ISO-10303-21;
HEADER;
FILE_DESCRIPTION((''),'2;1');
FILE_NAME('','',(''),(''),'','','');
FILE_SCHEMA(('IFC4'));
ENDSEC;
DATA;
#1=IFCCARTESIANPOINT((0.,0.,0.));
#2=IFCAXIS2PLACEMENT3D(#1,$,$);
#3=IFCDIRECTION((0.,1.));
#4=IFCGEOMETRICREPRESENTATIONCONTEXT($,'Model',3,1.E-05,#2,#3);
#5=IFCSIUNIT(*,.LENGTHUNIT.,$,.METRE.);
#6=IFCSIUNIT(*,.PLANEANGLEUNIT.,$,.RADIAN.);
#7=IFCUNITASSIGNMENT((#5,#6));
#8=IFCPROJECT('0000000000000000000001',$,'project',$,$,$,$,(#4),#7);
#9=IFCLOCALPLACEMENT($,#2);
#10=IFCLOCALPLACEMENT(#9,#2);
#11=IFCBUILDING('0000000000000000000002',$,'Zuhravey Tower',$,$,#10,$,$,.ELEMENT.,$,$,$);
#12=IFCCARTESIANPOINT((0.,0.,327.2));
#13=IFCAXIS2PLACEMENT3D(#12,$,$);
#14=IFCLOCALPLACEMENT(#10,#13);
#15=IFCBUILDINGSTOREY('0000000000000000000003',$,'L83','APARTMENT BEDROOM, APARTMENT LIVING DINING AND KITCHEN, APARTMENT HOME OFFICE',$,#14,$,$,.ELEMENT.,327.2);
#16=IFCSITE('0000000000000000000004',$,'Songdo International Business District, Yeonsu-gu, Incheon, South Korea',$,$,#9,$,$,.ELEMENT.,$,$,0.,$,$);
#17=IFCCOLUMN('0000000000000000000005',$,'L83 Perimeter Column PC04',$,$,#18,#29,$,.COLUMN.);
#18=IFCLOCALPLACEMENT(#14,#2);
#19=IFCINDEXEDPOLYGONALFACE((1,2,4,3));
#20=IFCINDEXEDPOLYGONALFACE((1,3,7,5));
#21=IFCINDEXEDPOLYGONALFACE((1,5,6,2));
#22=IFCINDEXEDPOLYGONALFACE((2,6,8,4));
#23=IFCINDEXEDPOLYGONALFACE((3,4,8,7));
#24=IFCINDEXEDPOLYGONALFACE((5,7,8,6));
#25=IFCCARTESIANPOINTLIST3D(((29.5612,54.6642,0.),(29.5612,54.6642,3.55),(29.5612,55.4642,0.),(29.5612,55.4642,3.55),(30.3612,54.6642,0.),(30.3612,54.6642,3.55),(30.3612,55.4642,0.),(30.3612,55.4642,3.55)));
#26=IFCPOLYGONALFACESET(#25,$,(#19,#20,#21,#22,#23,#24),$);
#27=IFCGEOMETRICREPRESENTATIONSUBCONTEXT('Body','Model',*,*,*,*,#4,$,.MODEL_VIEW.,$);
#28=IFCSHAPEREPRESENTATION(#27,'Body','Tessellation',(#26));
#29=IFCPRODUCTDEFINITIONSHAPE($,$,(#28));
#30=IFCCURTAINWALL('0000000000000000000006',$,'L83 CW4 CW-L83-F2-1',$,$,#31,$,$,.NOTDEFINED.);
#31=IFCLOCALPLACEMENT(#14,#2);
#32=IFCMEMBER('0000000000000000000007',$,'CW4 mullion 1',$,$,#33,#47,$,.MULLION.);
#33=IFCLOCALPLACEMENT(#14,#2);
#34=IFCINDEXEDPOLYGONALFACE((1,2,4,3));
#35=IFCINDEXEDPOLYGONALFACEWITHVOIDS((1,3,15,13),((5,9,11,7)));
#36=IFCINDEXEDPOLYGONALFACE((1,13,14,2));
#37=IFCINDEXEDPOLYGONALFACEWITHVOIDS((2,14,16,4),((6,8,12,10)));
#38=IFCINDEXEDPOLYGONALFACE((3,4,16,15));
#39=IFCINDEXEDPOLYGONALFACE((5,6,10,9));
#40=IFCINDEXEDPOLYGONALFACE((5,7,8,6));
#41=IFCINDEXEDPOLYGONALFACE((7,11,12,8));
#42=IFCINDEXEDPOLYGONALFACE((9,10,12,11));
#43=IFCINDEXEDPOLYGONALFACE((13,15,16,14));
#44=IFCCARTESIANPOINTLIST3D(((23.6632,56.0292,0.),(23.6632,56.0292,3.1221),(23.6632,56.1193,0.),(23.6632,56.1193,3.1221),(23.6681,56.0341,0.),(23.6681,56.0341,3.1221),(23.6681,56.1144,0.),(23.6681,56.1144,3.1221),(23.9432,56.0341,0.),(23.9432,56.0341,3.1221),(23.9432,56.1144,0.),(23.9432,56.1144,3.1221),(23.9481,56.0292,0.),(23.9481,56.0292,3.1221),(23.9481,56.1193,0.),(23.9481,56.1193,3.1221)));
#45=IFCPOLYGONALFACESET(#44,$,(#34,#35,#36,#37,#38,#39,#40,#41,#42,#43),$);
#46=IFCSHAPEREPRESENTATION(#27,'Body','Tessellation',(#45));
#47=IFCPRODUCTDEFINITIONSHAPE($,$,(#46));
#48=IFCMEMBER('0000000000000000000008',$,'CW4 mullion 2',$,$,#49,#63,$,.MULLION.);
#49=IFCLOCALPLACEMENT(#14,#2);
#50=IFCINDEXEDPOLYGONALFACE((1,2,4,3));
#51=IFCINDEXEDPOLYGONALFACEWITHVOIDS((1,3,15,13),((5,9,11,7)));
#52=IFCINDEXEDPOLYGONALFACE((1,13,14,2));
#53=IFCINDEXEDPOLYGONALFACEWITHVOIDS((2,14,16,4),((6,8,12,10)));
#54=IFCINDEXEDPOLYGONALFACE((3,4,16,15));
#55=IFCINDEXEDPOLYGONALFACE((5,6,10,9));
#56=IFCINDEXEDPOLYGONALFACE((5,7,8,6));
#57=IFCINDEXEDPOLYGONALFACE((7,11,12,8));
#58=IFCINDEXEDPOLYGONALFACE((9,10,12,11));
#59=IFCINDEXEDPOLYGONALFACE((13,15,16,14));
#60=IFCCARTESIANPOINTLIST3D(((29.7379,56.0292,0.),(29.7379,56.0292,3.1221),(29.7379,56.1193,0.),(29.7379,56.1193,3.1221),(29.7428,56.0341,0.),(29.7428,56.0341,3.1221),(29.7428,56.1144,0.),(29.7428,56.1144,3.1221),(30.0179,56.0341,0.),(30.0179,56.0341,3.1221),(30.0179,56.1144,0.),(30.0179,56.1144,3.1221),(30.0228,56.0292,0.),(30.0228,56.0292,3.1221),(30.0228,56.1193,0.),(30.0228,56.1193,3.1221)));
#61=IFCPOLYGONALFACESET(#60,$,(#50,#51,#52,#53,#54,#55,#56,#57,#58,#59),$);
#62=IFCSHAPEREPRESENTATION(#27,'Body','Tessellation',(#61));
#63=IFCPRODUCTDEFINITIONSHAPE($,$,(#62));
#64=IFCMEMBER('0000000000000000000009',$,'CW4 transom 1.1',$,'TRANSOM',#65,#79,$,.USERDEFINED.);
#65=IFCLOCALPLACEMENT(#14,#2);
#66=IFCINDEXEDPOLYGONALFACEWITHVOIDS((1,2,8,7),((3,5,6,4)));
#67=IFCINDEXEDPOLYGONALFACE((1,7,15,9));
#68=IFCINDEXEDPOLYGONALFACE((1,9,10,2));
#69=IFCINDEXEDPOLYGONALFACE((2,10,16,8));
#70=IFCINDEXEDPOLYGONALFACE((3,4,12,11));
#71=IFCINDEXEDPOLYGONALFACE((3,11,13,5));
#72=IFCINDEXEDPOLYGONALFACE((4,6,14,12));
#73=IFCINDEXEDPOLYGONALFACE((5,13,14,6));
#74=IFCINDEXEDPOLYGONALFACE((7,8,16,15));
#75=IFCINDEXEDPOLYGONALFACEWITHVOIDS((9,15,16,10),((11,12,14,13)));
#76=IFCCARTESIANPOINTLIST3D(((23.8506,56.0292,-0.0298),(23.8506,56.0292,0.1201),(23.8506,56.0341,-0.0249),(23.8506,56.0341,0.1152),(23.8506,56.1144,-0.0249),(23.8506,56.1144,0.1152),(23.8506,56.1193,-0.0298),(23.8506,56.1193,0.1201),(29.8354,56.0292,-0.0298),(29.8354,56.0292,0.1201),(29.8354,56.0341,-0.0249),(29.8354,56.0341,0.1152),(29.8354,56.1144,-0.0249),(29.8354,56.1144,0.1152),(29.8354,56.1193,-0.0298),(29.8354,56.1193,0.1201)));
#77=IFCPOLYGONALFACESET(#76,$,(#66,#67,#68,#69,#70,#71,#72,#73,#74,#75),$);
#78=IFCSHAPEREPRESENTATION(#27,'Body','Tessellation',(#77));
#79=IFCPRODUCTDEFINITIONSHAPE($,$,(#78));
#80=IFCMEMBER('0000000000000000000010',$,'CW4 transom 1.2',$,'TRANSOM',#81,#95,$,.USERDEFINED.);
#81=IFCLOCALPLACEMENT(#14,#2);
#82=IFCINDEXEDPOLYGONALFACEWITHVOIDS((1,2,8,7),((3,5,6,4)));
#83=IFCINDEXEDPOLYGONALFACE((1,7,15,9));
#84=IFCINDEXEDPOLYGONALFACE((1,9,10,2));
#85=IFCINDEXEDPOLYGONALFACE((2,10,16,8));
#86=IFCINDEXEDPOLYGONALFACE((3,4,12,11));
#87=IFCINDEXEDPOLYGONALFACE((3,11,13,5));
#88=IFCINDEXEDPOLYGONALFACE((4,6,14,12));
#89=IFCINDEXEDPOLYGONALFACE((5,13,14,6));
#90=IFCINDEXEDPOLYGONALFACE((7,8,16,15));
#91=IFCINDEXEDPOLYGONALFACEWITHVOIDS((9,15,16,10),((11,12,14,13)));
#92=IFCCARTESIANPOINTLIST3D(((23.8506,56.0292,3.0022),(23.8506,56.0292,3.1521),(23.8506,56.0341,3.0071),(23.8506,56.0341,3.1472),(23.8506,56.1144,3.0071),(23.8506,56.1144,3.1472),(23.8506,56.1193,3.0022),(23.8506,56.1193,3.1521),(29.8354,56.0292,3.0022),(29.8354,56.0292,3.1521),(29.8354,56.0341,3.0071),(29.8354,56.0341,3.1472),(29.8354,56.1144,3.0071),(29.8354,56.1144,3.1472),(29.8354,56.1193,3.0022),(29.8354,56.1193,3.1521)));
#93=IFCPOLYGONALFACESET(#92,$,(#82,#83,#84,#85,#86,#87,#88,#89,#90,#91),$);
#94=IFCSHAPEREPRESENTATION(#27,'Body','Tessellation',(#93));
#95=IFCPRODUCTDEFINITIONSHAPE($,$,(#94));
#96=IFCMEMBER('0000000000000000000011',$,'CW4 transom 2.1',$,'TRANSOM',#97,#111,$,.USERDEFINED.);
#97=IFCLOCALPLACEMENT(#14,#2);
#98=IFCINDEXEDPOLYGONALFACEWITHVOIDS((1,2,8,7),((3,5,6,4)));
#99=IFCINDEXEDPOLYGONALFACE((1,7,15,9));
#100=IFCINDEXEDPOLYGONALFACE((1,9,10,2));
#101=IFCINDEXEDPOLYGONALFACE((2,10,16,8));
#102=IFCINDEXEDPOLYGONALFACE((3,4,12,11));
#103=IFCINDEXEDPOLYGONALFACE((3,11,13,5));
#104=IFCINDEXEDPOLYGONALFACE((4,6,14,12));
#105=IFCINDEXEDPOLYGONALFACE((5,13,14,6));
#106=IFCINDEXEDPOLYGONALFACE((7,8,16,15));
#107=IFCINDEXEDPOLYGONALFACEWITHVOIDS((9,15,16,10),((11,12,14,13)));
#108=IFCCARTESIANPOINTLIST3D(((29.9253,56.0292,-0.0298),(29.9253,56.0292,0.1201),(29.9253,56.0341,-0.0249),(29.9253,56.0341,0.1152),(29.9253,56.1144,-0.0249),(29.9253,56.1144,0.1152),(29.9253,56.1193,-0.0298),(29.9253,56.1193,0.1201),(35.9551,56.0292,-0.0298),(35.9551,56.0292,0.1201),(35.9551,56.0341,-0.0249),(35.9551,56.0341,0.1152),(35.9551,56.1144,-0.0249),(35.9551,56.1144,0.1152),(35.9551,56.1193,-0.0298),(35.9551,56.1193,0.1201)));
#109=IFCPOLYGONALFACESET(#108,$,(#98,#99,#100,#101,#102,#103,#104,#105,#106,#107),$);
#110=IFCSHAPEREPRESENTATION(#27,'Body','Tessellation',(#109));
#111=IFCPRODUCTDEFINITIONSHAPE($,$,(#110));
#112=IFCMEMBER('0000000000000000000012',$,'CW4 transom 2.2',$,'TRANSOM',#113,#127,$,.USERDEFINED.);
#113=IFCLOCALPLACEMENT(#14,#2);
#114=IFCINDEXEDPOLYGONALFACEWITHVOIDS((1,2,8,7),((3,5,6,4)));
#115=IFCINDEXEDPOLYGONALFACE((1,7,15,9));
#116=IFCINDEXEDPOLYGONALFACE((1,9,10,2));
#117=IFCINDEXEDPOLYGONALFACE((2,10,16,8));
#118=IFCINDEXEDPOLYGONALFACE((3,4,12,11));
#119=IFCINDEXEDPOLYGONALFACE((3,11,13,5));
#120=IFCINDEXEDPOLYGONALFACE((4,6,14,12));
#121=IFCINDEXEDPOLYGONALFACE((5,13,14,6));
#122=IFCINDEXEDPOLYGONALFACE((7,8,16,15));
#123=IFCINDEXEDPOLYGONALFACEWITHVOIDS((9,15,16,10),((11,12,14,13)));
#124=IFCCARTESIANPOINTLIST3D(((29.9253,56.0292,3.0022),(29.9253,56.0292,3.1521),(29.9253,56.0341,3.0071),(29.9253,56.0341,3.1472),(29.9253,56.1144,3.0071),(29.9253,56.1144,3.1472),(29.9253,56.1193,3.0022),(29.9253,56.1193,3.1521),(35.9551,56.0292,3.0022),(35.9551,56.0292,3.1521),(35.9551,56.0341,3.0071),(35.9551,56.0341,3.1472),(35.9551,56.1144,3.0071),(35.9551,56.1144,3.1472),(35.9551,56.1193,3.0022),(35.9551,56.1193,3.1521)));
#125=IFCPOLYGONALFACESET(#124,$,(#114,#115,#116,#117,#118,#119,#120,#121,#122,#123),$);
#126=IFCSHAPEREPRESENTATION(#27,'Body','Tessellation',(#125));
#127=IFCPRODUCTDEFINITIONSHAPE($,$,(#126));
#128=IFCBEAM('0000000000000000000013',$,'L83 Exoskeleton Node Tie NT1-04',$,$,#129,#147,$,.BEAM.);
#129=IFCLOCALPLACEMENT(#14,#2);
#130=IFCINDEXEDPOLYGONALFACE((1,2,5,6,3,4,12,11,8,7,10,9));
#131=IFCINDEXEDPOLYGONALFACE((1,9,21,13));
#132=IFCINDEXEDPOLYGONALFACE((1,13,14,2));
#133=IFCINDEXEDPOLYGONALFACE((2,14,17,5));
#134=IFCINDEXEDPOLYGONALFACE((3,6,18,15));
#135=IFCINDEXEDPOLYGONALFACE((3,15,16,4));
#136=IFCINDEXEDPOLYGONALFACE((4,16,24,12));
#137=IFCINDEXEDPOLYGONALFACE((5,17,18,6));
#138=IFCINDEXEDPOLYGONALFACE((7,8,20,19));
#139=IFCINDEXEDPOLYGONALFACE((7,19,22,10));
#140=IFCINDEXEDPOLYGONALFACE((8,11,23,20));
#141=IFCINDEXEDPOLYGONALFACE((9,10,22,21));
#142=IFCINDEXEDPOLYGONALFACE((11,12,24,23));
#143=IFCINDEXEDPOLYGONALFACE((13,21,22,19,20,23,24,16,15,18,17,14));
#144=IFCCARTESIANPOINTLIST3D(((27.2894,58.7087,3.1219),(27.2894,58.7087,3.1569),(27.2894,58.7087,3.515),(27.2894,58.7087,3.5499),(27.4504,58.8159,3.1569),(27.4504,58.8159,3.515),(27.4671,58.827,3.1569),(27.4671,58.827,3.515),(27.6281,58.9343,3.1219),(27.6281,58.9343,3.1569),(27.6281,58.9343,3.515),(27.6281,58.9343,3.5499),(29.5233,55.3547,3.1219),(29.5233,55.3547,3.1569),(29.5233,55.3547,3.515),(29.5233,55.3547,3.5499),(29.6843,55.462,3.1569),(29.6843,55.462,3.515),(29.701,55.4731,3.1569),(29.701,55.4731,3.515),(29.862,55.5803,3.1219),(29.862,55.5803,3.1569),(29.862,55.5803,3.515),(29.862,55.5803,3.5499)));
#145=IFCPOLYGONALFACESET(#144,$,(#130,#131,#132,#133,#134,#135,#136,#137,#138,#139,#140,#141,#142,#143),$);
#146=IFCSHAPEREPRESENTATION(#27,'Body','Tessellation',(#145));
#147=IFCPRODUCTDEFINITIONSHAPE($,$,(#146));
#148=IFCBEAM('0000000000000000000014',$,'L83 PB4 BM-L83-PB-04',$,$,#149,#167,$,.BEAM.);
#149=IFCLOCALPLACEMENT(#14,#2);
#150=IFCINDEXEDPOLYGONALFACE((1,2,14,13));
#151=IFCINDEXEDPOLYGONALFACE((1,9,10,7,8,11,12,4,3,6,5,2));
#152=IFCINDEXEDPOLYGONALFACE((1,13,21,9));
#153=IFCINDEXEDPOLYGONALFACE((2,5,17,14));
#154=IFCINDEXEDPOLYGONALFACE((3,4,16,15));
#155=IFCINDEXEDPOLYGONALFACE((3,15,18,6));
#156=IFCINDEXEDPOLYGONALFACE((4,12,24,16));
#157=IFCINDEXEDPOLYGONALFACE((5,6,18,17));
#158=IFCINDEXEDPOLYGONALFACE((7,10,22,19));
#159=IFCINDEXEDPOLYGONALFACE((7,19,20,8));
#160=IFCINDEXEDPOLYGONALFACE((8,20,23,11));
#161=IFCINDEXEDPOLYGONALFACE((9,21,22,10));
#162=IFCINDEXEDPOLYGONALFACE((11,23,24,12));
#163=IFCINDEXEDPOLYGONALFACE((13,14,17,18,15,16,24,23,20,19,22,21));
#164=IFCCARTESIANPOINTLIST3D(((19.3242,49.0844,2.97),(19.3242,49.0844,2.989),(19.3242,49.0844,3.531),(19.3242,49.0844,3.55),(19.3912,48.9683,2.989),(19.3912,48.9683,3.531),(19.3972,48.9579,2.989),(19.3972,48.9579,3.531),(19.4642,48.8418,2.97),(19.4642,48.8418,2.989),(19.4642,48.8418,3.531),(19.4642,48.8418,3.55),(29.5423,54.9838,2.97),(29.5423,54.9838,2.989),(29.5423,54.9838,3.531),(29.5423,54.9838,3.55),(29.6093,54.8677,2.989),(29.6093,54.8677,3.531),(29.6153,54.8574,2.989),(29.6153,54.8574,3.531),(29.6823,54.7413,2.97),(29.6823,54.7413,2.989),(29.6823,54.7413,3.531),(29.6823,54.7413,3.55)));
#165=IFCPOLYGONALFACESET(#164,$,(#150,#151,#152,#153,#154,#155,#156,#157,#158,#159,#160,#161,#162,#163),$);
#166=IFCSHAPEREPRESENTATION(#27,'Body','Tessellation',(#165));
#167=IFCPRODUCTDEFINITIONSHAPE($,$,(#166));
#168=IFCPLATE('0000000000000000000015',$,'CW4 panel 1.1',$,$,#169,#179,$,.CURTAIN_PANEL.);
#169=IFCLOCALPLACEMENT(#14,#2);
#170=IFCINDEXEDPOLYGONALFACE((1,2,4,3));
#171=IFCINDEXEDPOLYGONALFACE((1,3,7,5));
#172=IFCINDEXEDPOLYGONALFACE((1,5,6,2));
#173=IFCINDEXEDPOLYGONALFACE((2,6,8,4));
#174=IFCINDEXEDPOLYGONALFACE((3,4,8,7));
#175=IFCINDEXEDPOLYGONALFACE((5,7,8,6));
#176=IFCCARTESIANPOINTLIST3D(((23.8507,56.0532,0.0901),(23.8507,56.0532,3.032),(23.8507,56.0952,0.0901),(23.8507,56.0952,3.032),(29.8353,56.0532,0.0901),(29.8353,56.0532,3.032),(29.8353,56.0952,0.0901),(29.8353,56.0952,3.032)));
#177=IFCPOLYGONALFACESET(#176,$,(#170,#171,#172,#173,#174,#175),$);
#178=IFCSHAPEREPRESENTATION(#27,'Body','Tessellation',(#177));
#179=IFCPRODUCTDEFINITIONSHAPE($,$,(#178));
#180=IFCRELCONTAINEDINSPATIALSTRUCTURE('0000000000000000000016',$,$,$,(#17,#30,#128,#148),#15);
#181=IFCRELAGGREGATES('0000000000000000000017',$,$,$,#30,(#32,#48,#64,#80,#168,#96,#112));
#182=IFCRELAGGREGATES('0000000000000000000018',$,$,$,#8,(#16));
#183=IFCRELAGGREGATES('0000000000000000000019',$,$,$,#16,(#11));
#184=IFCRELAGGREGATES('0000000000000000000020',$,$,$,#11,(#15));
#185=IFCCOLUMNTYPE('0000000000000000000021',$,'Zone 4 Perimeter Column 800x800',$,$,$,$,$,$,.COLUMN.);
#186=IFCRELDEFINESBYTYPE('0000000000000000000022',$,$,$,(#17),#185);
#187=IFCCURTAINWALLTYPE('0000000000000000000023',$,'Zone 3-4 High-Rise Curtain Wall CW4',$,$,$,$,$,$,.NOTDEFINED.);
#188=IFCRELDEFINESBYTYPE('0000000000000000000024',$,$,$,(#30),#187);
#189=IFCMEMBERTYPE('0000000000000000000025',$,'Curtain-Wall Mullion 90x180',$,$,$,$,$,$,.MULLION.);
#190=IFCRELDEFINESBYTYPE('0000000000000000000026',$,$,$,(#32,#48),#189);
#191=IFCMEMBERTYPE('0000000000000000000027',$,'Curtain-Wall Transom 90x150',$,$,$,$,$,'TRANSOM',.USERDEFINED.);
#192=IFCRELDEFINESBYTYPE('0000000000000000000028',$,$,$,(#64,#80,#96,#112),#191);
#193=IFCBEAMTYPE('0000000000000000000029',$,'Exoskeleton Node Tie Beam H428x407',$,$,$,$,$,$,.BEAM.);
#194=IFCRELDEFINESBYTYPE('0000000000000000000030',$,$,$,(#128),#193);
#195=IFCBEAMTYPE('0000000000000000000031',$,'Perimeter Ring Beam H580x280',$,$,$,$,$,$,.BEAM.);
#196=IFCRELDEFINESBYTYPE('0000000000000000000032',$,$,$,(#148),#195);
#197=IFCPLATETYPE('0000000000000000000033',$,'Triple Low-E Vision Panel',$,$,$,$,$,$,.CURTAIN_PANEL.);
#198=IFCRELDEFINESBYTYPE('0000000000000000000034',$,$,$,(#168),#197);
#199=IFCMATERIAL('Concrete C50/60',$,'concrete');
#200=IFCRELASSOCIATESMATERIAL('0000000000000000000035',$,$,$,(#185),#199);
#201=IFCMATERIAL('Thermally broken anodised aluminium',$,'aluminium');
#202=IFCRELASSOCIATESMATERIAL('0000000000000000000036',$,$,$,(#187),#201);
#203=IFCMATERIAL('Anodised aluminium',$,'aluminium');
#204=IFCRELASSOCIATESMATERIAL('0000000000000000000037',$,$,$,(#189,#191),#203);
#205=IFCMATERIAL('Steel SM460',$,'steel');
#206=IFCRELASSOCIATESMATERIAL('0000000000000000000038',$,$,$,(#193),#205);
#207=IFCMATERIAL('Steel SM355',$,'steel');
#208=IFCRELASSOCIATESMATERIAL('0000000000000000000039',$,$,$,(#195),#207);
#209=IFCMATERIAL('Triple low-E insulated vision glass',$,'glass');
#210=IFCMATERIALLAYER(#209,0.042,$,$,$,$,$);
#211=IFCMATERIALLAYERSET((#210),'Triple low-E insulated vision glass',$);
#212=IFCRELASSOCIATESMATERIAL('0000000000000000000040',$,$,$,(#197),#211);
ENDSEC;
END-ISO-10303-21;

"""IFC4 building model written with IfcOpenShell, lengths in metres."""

from ifc_helpers import new_model, si_unit, direction, frame, origin, origin_2d, place, context, subcontext, project, spatial, rectangle, hollow_rectangle, i_section, extrude, material, layer, layer_set, material_profile, profile_set, type_object, element, aggregate, save


model = new_model("IFC4")

# Units and contexts
model_context = context("Model", 3, precision=1e-05, world=origin(), true_north=direction((0.0, 1.0)))
body_context = subcontext(model_context, "Body", "Model", "MODEL_VIEW")
ifc_project = project(units=[si_unit("LENGTHUNIT", "METRE"), si_unit("PLANEANGLEUNIT", "RADIAN")], contexts=[model_context])

# Site, building, storey
site_placement = place(None, origin())
site = spatial("IfcSite", under=ifc_project, at=site_placement, Name="Songdo International Business District, Yeonsu-gu, Incheon, South Korea", CompositionType="ELEMENT", RefElevation=0.0)
building_placement = place(site_placement, origin())
building = spatial("IfcBuilding", under=site, at=building_placement, Name="Zuhravey Tower", CompositionType="ELEMENT")
storey_placement = place(building_placement, frame((0.0, 0.0, 327.2)))
storey = spatial("IfcBuildingStorey", under=building, at=storey_placement, Name="L83", Description="APARTMENT BEDROOM, APARTMENT LIVING DINING AND KITCHEN, APARTMENT HOME OFFICE", CompositionType="ELEMENT", Elevation=327.2)

# Column
ifc_material_1 = material(Name="Concrete C50/60", Category="concrete")
ifc_material_profile_1 = material_profile(ifc_material_1, rectangle(XDim=0.8, YDim=0.8, at=origin_2d()), Name="RC-800x800")
ifc_profile_set_1 = profile_set([ifc_material_profile_1], Name="Concrete C50/60")
column_type = type_object("IfcColumnType", Name="Zone 4 Perimeter Column 800x800", PredefinedType="COLUMN", material=ifc_profile_set_1)
column_placement = place(storey_placement, frame((29.9612, 55.0642, 0.0), z_axis=(0.0, 0.0, 1.0), x_axis=(-1.0, 0.0, 0.0)))
element("IfcColumn", 1, at=column_placement, inside=storey, type_object=column_type, Name="L83 Perimeter Column PC04", PredefinedType="COLUMN", context=body_context, shape_type="SweptSolid", body=[
    extrude(rectangle(XDim=0.8, YDim=0.8, at=origin_2d()), origin(), (0.0, 0.0, 1.0), 3.55),
])

# Curtain wall, members
ifc_material_2 = material(Name="Thermally broken anodised aluminium", Category="aluminium")
curtain_wall_type = type_object("IfcCurtainWallType", Name="Zone 3-4 High-Rise Curtain Wall CW4", PredefinedType="NOTDEFINED", material=ifc_material_2)
curtain_wall_placement = place(storey_placement, origin())
curtain_wall = element("IfcCurtainWall", 2, at=curtain_wall_placement, inside=storey, type_object=curtain_wall_type, Name="L83 CW4 CW-L83-F2-1", PredefinedType="NOTDEFINED")
ifc_material_3 = material(Name="Anodised aluminium", Category="aluminium")
ifc_material_profile_2 = material_profile(ifc_material_3, hollow_rectangle(XDim=0.0901, YDim=0.2849, WallThickness=0.0049, at=origin_2d()), Name="ALU-RHS-90x285x5")
ifc_profile_set_2 = profile_set([ifc_material_profile_2], Name="Anodised aluminium")
member_type_1 = type_object("IfcMemberType", Name="Curtain-Wall Mullion 90x180", PredefinedType="MULLION", material=ifc_profile_set_2)
member_1_placement = place(storey_placement, frame((23.8057, 56.0742, 0.0), z_axis=(0.0, 0.0, 1.0), x_axis=(0.0, 1.0, 0.0)))
member_1 = element("IfcMember", 3, at=member_1_placement, type_object=member_type_1, Name="CW4 mullion 1", PredefinedType="MULLION", context=body_context, shape_type="SweptSolid", body=[
    extrude(hollow_rectangle(XDim=0.0901, YDim=0.2849, WallThickness=0.0049, at=origin_2d()), origin(), (0.0, 0.0, 1.0), 3.1221),
])
member_2_placement = place(storey_placement, frame((29.8804, 56.0742, 0.0), z_axis=(0.0, 0.0, 1.0), x_axis=(0.0, 1.0, 0.0)))
member_2 = element("IfcMember", 4, at=member_2_placement, type_object=member_type_1, Name="CW4 mullion 2", PredefinedType="MULLION", context=body_context, shape_type="SweptSolid", body=[
    extrude(hollow_rectangle(XDim=0.0901, YDim=0.2849, WallThickness=0.0049, at=origin_2d()), origin(), (0.0, 0.0, 1.0), 3.1221),
])
ifc_material_profile_3 = material_profile(ifc_material_3, hollow_rectangle(XDim=0.0901, YDim=0.1499, WallThickness=0.0049, at=origin_2d()), Name="ALU-RHS-90x150x5")
ifc_profile_set_3 = profile_set([ifc_material_profile_3], Name="Anodised aluminium")
member_type_2 = type_object("IfcMemberType", Name="Curtain-Wall Transom 90x150", ElementType="TRANSOM", PredefinedType="USERDEFINED", material=ifc_profile_set_3)
member_3_placement = place(storey_placement, frame((23.8506, 56.0742, 0.0452), z_axis=(1.0, 0.0, 0.0), x_axis=(0.0, 1.0, 0.0)))
member_3 = element("IfcMember", 5, at=member_3_placement, type_object=member_type_2, Name="CW4 transom 1.1", ObjectType="TRANSOM", PredefinedType="USERDEFINED", context=body_context, shape_type="SweptSolid", body=[
    extrude(hollow_rectangle(XDim=0.0901, YDim=0.1499, WallThickness=0.0049, at=origin_2d()), origin(), (0.0, 0.0, 1.0), 5.9849),
])
member_4_placement = place(storey_placement, frame((23.8506, 56.0742, 3.0771), z_axis=(1.0, 0.0, 0.0), x_axis=(0.0, 1.0, 0.0)))
member_4 = element("IfcMember", 6, at=member_4_placement, type_object=member_type_2, Name="CW4 transom 1.2", ObjectType="TRANSOM", PredefinedType="USERDEFINED", context=body_context, shape_type="SweptSolid", body=[
    extrude(hollow_rectangle(XDim=0.0901, YDim=0.1499, WallThickness=0.0049, at=origin_2d()), origin(), (0.0, 0.0, 1.0), 5.9849),
])
member_5_placement = place(storey_placement, frame((29.9253, 56.0742, 0.0452), z_axis=(1.0, 0.0, 0.0), x_axis=(0.0, 1.0, 0.0)))
member_5 = element("IfcMember", 7, at=member_5_placement, type_object=member_type_2, Name="CW4 transom 2.1", ObjectType="TRANSOM", PredefinedType="USERDEFINED", context=body_context, shape_type="SweptSolid", body=[
    extrude(hollow_rectangle(XDim=0.0901, YDim=0.1499, WallThickness=0.0049, at=origin_2d()), origin(), (0.0, 0.0, 1.0), 6.0298),
])
member_6_placement = place(storey_placement, frame((29.9253, 56.0742, 3.0771), z_axis=(1.0, 0.0, 0.0), x_axis=(0.0, 1.0, 0.0)))
member_6 = element("IfcMember", 8, at=member_6_placement, type_object=member_type_2, Name="CW4 transom 2.2", ObjectType="TRANSOM", PredefinedType="USERDEFINED", context=body_context, shape_type="SweptSolid", body=[
    extrude(hollow_rectangle(XDim=0.0901, YDim=0.1499, WallThickness=0.0049, at=origin_2d()), origin(), (0.0, 0.0, 1.0), 6.0298),
])

# Beams
ifc_material_4 = material(Name="Steel SM460", Category="steel")
ifc_material_profile_4 = material_profile(ifc_material_4, i_section(OverallWidth=0.407, OverallDepth=0.428, WebThickness=0.02, FlangeThickness=0.0349, at=origin_2d()), Name="H-428x407x20x35")
ifc_profile_set_4 = profile_set([ifc_material_profile_4], Name="Steel SM460")
beam_type_1 = type_object("IfcBeamType", Name="Exoskeleton Node Tie Beam H428x407", PredefinedType="BEAM", material=ifc_profile_set_4)
beam_1_placement = place(storey_placement, frame((29.6926, 55.4675, 3.3359), z_axis=(-0.554337, 0.832293, 0.0), x_axis=(-0.832293, -0.554337, 0.0)))
element("IfcBeam", 9, at=beam_1_placement, inside=storey, type_object=beam_type_1, Name="L83 Exoskeleton Node Tie NT1-04", PredefinedType="BEAM", context=body_context, shape_type="SweptSolid", body=[
    extrude(i_section(OverallWidth=0.407, OverallDepth=0.428, WebThickness=0.02, FlangeThickness=0.0349, at=origin_2d()), origin(), (0.0, 0.0, 1.0), 4.0298),
])
ifc_material_5 = material(Name="Steel SM355", Category="steel")
ifc_material_profile_5 = material_profile(ifc_material_5, i_section(OverallWidth=0.28, OverallDepth=0.5801, WebThickness=0.012, FlangeThickness=0.019, at=origin_2d()), Name="H-580x280x12x19")
ifc_profile_set_5 = profile_set([ifc_material_profile_5], Name="Steel SM355")
beam_type_2 = type_object("IfcBeamType", Name="Perimeter Ring Beam H580x280", PredefinedType="BEAM", material=ifc_profile_set_5)
beam_2_placement = place(storey_placement, frame((29.6123, 54.8625, 3.26), z_axis=(-0.866024, -0.500002, 0.0), x_axis=(0.500002, -0.866024, 0.0)))
element("IfcBeam", 10, at=beam_2_placement, inside=storey, type_object=beam_type_2, Name="L83 PB4 BM-L83-PB-04", PredefinedType="BEAM", context=body_context, shape_type="SweptSolid", body=[
    extrude(i_section(OverallWidth=0.28, OverallDepth=0.5801, WebThickness=0.012, FlangeThickness=0.019, at=origin_2d()), origin(), (0.0, 0.0, 1.0), 11.7988),
])

# Plate
ifc_material_6 = material(Name="Triple low-E insulated vision glass", Category="glass")
ifc_layer_1 = layer(ifc_material_6, 0.042)
ifc_layer_set_1 = layer_set([ifc_layer_1], Name="Triple low-E insulated vision glass")
plate_type = type_object("IfcPlateType", Name="Triple Low-E Vision Panel", PredefinedType="CURTAIN_PANEL", material=ifc_layer_set_1)
plate_1_placement = place(storey_placement, frame((26.843, 56.0742, 0.0901), z_axis=(0.0, 0.0, 1.0), x_axis=(1.0, 0.0, 0.0)))
plate_1 = element("IfcPlate", 11, at=plate_1_placement, type_object=plate_type, Name="CW4 panel 1.1", PredefinedType="CURTAIN_PANEL", context=body_context, shape_type="SweptSolid", body=[
    extrude(rectangle(XDim=5.9846, YDim=0.042, at=origin_2d()), origin(), (0.0, 0.0, 1.0), 2.9419),
])
aggregate(curtain_wall, [member_1, member_2, member_3, member_4, plate_1, member_5, member_6])

save(model, "model.ifc")
